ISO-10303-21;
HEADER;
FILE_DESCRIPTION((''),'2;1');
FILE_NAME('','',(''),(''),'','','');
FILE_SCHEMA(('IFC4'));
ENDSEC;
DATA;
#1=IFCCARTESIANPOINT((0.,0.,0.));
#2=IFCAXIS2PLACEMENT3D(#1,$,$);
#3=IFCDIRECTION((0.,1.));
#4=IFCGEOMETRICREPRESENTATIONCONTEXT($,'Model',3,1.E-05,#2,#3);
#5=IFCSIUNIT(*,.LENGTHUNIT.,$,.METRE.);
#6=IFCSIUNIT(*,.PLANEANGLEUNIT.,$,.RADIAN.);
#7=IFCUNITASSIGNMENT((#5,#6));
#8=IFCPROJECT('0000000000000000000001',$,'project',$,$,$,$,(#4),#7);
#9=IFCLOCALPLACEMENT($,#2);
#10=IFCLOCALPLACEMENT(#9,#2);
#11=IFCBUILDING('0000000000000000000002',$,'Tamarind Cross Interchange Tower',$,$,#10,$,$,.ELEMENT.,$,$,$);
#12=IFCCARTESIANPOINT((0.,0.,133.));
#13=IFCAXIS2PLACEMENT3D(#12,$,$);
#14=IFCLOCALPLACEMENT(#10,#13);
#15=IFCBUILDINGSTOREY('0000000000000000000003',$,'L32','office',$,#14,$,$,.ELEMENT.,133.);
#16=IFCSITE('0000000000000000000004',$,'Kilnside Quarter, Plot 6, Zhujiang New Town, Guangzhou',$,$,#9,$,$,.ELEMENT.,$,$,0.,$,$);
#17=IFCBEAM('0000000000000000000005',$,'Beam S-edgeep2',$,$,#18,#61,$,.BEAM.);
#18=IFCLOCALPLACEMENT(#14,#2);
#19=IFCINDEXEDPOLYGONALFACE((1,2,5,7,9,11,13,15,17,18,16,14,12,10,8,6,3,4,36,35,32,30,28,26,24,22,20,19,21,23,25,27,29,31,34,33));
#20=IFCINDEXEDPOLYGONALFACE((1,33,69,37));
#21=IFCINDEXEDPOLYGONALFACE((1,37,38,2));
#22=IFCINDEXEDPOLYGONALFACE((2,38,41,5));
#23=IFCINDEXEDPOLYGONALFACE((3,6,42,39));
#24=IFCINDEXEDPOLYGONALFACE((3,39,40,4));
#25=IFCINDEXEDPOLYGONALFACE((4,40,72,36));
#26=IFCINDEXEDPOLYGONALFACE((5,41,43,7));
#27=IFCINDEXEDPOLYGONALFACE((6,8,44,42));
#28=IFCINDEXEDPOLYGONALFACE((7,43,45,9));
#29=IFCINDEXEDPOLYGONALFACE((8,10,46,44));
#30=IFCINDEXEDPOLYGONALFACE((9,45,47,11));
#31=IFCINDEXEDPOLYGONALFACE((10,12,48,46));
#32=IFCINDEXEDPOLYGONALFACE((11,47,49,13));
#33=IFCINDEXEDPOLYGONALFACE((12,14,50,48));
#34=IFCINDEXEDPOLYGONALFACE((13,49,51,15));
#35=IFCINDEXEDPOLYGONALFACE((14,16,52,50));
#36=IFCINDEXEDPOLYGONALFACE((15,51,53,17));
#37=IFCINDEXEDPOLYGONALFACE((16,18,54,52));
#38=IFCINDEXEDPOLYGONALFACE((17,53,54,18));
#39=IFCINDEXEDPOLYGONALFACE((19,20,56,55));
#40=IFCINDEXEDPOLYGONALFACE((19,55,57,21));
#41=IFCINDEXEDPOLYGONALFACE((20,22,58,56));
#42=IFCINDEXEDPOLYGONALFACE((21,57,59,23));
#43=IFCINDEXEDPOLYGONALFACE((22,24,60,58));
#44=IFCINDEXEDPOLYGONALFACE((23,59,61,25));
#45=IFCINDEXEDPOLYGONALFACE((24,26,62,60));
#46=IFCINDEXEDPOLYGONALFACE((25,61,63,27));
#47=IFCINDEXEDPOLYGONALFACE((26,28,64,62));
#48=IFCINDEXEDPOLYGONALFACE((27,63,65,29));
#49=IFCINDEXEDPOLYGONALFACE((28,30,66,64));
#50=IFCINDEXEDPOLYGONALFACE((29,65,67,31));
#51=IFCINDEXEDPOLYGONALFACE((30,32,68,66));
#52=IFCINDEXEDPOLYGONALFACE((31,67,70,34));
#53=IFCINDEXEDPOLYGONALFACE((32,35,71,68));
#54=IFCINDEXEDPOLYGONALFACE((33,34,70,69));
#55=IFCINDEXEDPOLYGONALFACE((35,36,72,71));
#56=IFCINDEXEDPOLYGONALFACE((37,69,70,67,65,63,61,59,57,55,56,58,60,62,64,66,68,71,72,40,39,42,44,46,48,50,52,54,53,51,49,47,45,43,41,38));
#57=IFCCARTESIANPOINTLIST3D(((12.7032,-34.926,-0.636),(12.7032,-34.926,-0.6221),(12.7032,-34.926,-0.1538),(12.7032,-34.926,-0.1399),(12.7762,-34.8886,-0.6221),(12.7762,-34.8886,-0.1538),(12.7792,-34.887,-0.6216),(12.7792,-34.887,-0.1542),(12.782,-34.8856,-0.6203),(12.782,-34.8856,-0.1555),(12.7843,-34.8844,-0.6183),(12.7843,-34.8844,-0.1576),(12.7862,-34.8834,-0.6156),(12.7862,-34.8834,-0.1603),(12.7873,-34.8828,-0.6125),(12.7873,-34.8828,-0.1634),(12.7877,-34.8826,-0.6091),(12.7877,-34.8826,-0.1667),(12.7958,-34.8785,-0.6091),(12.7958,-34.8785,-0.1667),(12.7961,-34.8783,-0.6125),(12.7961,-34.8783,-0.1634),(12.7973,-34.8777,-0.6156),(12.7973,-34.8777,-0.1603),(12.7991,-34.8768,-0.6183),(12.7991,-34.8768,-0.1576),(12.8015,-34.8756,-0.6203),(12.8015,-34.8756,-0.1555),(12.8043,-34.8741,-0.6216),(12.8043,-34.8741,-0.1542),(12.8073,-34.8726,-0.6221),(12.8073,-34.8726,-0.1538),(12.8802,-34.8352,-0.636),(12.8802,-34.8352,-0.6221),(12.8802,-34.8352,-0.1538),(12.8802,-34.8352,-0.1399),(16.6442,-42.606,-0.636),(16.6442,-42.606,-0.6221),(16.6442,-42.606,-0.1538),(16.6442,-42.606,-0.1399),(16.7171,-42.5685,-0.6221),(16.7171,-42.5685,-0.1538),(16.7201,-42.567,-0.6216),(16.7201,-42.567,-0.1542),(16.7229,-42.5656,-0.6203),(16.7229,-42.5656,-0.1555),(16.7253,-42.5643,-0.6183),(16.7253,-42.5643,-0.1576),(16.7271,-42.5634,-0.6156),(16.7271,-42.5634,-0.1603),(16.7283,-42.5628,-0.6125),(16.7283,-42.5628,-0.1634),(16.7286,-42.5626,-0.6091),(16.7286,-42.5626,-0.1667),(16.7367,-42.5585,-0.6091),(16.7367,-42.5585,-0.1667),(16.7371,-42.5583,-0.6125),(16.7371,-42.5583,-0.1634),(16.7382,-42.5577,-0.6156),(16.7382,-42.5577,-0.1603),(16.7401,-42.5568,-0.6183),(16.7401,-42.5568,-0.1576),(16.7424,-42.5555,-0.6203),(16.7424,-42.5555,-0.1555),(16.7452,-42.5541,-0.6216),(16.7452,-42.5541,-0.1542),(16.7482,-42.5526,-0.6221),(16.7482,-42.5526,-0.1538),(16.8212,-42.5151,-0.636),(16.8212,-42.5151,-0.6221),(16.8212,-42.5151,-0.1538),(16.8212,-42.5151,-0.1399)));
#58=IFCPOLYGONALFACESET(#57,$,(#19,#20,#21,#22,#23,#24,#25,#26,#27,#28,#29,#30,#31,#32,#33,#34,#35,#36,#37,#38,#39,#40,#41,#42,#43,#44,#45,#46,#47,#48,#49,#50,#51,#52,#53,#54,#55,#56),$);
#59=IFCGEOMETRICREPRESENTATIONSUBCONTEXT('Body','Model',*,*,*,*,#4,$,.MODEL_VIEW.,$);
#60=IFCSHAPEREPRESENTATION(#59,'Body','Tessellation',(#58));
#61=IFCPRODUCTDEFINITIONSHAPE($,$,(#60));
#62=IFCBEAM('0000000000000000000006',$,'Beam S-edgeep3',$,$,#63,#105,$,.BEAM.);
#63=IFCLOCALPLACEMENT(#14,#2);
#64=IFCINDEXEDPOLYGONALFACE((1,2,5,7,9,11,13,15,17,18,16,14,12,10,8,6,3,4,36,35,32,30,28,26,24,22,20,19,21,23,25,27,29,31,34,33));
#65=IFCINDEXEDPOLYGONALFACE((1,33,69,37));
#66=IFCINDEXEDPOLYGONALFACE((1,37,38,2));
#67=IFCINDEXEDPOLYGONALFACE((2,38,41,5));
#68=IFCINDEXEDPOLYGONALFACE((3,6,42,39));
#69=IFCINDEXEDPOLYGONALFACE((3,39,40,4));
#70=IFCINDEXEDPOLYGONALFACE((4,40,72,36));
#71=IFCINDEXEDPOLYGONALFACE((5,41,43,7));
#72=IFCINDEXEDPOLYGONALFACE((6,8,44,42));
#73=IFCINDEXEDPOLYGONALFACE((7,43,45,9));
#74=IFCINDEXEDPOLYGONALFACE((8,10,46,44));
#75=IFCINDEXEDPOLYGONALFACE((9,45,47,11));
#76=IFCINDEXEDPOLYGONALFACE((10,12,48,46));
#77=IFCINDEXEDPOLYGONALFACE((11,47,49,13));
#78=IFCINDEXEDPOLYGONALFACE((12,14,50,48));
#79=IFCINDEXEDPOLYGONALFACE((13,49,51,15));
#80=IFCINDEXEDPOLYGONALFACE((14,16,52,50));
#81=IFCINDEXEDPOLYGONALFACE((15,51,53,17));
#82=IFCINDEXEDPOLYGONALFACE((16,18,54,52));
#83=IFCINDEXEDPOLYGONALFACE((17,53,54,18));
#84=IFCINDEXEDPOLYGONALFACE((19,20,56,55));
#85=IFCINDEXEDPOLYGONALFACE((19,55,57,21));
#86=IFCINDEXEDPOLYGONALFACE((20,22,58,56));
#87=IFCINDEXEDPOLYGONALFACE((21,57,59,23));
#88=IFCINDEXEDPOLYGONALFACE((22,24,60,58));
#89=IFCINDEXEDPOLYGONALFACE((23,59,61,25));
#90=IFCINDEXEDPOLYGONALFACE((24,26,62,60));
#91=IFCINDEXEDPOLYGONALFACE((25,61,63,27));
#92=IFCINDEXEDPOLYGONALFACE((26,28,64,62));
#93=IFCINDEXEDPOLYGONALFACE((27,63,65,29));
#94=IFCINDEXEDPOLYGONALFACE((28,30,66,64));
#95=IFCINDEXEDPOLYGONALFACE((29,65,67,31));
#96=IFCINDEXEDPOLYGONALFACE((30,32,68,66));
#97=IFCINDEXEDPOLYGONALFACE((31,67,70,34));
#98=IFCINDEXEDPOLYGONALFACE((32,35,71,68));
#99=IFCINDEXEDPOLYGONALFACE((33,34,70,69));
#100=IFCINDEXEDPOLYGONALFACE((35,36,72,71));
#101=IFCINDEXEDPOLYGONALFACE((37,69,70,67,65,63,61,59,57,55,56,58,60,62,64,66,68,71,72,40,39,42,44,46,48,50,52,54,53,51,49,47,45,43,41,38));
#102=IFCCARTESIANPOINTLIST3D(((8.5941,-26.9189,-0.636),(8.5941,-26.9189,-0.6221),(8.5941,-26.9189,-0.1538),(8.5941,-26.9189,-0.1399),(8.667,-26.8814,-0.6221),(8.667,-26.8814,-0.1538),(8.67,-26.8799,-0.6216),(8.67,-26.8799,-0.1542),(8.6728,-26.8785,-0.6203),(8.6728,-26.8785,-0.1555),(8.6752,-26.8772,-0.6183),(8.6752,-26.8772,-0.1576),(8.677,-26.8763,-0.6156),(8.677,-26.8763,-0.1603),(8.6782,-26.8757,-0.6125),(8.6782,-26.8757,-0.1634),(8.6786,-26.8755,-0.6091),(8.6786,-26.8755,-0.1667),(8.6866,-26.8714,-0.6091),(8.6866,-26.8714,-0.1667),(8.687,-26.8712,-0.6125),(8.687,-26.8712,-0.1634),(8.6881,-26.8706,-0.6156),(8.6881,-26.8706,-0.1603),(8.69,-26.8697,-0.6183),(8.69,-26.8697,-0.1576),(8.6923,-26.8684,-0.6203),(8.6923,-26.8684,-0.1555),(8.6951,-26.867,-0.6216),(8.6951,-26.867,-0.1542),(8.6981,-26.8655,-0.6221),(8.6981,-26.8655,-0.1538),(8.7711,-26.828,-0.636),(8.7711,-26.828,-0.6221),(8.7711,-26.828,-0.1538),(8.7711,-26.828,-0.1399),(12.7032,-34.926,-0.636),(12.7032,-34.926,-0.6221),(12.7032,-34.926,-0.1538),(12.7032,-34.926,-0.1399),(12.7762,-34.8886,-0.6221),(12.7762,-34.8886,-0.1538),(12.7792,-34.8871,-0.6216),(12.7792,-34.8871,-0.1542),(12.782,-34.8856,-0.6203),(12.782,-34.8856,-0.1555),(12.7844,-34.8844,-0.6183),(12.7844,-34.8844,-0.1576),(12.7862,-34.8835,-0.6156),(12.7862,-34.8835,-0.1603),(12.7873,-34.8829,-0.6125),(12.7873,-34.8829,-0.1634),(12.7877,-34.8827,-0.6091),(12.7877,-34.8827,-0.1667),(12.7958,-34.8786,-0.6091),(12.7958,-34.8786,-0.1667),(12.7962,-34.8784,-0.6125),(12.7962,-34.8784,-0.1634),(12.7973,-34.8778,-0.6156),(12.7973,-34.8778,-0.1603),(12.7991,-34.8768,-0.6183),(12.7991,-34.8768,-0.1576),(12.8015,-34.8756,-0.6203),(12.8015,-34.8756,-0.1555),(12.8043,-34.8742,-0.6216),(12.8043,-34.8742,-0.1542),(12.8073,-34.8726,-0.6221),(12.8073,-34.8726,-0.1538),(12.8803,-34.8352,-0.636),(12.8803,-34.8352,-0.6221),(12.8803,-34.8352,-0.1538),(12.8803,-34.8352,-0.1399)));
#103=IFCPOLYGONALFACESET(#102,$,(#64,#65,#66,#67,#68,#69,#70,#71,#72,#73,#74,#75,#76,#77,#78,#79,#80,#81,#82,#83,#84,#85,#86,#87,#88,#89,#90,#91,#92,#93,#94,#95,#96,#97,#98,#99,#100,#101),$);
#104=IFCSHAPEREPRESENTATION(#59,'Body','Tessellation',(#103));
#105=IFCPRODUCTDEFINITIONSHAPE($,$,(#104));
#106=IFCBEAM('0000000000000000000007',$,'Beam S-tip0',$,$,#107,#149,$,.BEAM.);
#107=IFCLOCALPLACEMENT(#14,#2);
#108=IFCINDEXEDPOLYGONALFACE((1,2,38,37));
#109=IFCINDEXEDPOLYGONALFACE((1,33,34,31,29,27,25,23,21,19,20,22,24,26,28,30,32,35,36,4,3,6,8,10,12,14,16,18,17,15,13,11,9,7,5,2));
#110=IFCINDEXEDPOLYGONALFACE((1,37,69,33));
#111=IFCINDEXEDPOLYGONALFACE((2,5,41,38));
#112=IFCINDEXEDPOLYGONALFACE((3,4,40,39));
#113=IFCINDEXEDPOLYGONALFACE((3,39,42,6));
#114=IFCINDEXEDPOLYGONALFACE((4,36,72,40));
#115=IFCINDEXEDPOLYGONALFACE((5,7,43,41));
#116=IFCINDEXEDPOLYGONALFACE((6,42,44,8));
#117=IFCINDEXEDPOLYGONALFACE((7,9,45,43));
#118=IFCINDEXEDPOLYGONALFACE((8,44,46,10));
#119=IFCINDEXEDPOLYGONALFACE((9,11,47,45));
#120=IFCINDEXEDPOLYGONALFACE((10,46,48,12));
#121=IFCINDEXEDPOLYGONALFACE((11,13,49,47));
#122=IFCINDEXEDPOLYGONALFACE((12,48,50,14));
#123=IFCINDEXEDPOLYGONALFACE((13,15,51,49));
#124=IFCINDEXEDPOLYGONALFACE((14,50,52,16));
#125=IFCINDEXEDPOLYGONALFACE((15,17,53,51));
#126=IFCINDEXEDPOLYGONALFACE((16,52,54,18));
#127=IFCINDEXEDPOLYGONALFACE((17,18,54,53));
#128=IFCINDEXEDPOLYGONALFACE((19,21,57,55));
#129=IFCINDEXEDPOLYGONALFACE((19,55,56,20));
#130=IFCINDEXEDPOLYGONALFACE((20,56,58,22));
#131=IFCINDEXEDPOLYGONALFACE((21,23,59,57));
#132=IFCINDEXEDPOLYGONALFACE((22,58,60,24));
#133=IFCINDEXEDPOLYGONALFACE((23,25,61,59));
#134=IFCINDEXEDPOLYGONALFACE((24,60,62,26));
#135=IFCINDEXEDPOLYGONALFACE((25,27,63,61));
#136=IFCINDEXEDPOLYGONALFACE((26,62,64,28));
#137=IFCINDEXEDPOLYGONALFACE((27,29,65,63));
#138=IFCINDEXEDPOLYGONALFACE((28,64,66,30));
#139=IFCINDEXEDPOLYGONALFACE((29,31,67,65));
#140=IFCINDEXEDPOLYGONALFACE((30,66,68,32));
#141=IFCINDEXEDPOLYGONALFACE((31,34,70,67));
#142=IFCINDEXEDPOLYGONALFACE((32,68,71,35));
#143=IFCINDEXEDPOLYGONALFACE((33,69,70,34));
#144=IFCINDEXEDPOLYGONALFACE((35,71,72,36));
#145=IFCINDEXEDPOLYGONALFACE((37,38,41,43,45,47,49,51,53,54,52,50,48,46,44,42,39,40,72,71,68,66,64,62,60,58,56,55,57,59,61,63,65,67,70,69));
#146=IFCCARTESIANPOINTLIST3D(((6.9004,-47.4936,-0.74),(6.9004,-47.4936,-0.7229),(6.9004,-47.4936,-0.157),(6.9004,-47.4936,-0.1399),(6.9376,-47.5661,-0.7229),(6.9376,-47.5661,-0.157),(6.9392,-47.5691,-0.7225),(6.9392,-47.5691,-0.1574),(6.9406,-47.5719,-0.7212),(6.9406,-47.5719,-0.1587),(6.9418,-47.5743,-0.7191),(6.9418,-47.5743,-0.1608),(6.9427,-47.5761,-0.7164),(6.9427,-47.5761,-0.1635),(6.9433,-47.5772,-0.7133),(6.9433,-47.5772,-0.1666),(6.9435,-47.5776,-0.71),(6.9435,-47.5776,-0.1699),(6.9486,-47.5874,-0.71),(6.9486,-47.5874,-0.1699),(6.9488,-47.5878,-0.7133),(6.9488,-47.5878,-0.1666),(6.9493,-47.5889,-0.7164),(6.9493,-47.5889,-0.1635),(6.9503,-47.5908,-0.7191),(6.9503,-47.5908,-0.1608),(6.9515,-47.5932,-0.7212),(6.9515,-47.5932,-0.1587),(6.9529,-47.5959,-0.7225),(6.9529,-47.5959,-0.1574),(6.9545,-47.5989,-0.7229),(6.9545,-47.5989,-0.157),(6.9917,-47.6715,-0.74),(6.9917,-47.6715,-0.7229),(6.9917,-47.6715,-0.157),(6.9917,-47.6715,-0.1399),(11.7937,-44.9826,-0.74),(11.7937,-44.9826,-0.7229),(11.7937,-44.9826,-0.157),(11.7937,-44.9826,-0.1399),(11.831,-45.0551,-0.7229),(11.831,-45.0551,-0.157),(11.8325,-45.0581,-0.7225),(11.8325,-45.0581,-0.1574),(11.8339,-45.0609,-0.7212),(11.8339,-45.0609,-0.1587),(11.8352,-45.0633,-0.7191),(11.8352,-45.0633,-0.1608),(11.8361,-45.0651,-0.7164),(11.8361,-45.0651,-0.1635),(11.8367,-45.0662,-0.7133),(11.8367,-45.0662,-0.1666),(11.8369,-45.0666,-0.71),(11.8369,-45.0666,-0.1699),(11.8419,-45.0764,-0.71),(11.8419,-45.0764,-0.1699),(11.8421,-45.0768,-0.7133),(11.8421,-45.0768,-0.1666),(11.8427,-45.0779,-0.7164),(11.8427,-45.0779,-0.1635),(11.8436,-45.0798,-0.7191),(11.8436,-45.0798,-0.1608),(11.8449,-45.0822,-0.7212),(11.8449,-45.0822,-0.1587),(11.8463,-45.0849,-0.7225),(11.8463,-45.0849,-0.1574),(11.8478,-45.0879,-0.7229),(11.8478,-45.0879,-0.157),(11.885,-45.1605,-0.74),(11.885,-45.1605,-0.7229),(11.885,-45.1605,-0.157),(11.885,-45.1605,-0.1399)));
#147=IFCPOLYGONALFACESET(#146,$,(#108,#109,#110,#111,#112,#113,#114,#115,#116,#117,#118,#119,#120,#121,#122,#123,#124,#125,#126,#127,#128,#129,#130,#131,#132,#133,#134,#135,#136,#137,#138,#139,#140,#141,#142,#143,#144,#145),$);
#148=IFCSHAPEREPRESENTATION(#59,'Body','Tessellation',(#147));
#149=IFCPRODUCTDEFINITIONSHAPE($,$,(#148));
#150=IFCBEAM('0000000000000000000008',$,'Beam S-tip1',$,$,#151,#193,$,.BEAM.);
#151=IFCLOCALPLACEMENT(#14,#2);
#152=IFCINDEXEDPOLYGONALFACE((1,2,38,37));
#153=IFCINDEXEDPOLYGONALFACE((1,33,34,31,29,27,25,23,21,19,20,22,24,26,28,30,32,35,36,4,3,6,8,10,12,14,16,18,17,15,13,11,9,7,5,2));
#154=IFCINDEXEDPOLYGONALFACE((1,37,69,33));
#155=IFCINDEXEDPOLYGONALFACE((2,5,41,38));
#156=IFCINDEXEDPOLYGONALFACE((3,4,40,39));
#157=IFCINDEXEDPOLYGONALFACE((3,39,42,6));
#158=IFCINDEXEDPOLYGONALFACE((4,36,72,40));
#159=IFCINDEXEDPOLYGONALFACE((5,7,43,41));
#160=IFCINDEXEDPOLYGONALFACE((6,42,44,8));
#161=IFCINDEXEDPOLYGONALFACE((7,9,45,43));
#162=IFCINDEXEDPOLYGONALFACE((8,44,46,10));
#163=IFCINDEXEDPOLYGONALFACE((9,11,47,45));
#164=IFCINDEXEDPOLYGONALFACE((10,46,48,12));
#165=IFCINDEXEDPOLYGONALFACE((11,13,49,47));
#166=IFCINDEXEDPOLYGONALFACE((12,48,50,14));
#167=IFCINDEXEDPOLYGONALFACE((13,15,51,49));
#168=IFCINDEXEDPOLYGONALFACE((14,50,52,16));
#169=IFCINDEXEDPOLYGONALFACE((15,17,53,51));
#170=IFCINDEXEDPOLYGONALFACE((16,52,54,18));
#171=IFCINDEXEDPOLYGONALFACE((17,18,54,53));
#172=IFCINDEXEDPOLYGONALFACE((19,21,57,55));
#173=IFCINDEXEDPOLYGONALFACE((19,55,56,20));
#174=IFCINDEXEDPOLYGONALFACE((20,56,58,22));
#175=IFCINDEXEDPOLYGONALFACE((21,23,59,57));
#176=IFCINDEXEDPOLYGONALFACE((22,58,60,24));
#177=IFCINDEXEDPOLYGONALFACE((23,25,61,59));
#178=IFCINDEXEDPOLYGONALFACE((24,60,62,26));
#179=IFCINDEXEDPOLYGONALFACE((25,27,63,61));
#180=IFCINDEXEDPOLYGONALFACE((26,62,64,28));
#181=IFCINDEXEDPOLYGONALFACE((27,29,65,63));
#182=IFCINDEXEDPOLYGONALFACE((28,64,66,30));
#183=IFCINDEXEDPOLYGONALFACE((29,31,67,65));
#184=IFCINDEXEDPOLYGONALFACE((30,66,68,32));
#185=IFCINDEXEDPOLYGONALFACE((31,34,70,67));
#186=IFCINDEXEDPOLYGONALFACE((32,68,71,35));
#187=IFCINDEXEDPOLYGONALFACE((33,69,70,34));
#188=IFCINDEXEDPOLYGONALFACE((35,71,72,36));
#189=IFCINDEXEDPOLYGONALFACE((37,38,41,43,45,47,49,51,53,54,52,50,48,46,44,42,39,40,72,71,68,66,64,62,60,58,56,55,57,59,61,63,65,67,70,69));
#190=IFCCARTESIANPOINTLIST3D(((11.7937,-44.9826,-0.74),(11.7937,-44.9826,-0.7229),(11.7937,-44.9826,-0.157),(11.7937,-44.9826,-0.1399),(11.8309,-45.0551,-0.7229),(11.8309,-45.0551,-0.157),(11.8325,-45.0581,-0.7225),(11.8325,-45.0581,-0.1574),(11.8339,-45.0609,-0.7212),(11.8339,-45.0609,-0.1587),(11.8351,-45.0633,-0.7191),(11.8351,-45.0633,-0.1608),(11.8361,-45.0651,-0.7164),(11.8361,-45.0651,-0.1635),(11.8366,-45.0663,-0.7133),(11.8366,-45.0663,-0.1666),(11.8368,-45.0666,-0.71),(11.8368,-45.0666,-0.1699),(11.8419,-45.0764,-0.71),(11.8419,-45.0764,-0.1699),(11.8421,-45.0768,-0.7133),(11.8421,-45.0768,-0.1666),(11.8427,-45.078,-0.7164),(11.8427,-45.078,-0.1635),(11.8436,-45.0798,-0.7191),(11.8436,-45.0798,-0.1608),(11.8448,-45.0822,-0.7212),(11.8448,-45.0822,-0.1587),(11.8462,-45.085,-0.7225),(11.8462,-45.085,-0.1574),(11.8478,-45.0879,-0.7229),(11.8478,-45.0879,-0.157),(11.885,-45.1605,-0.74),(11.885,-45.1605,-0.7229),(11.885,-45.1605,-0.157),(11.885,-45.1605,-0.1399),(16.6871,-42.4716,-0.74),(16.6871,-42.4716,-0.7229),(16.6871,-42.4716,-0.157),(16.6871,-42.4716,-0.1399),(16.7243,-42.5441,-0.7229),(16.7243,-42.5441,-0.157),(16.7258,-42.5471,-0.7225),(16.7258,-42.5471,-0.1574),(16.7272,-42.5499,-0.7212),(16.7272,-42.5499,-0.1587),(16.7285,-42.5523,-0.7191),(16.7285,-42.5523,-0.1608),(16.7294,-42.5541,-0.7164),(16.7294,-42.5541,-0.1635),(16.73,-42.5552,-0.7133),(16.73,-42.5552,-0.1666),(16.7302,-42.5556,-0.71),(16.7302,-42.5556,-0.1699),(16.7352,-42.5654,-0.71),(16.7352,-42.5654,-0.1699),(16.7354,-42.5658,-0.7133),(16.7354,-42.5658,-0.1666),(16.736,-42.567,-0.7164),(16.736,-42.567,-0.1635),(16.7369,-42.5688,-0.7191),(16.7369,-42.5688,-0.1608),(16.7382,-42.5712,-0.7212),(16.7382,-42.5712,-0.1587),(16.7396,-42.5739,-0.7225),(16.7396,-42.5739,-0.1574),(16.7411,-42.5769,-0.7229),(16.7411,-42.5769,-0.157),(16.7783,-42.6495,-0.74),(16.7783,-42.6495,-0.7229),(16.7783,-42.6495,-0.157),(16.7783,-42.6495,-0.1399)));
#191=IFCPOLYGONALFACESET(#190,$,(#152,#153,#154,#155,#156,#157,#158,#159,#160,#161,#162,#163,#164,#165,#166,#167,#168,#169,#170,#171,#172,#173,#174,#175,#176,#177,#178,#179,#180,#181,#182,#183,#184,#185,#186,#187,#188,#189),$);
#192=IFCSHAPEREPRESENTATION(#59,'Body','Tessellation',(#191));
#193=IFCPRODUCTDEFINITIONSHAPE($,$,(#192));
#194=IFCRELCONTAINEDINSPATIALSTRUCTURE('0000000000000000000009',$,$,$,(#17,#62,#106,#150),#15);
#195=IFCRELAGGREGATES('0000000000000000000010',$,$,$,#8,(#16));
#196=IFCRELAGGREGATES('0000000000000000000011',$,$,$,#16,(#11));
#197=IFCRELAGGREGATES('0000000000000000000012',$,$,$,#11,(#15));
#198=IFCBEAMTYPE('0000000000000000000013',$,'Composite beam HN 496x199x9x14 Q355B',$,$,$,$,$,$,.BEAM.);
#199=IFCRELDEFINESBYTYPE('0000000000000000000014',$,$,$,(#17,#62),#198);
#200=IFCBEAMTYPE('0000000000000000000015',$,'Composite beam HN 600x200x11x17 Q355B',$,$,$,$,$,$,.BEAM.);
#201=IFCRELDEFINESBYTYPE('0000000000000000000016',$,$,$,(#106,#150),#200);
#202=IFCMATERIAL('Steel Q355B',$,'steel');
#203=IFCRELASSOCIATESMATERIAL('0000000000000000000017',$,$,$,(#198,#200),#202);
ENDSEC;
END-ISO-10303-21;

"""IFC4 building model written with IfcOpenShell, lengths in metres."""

from ifc_helpers import new_model, si_unit, direction, frame, origin, origin_2d, place, context, subcontext, project, spatial, i_section, extrude, material, material_profile, profile_set, type_object, element, save


model = new_model("IFC4")

# Units and contexts
model_context = context("Model", 3, precision=1e-05, world=origin(), true_north=direction((0.0, 1.0)))
body_context = subcontext(model_context, "Body", "Model", "MODEL_VIEW")
ifc_project = project(units=[si_unit("LENGTHUNIT", "METRE"), si_unit("PLANEANGLEUNIT", "RADIAN")], contexts=[model_context])

# Site, building, storey
site_placement = place(None, origin())
site = spatial("IfcSite", under=ifc_project, at=site_placement, Name="Kilnside Quarter, Plot 6, Zhujiang New Town, Guangzhou", CompositionType="ELEMENT", RefElevation=0.0)
building_placement = place(site_placement, origin())
building = spatial("IfcBuilding", under=site, at=building_placement, Name="Tamarind Cross Interchange Tower", CompositionType="ELEMENT")
storey_placement = place(building_placement, frame((0.0, 0.0, 133.0)))
storey = spatial("IfcBuildingStorey", under=building, at=storey_placement, Name="L32", Description="office", CompositionType="ELEMENT", Elevation=133.0)

# Beams
ifc_material_1 = material(Name="Steel Q355B", Category="steel")
ifc_material_profile_1 = material_profile(ifc_material_1, i_section(OverallWidth=0.199, OverallDepth=0.4961, WebThickness=0.009, FlangeThickness=0.0139, FilletRadius=0.0129, at=origin_2d()), Name="HN 496x199x9x14")
ifc_profile_set_1 = profile_set([ifc_material_profile_1], Name="Steel Q355B")
beam_type_1 = type_object("IfcBeamType", Name="Composite beam HN 496x199x9x14 Q355B", PredefinedType="BEAM", material=ifc_profile_set_1)
beam_1_placement = place(storey_placement, frame((16.7327, -42.5605, -0.3879), z_axis=(-0.456545, 0.8897, 0.0), x_axis=(-0.8897, -0.456545, 0.0)))
element("IfcBeam", 1, at=beam_1_placement, inside=storey, type_object=beam_type_1, Name="Beam S-edgeep2", PredefinedType="BEAM", context=body_context, shape_type="SweptSolid", body=[
    extrude(i_section(OverallWidth=0.199, OverallDepth=0.4961, WebThickness=0.009, FlangeThickness=0.0139, FilletRadius=0.0129, at=origin_2d()), origin(), (0.0, 0.0, 1.0), 8.6321),
])
beam_2_placement = place(storey_placement, frame((12.7917, -34.8806, -0.3879), z_axis=(-0.456575, 0.889685, 0.0), x_axis=(-0.889685, -0.456575, 0.0)))
element("IfcBeam", 2, at=beam_2_placement, inside=storey, type_object=beam_type_1, Name="Beam S-edgeep3", PredefinedType="BEAM", context=body_context, shape_type="SweptSolid", body=[
    extrude(i_section(OverallWidth=0.199, OverallDepth=0.4961, WebThickness=0.009, FlangeThickness=0.0139, FilletRadius=0.0129, at=origin_2d()), origin(), (0.0, 0.0, 1.0), 9.0),
])
ifc_material_profile_2 = material_profile(ifc_material_1, i_section(OverallWidth=0.2, OverallDepth=0.6001, WebThickness=0.011, FlangeThickness=0.0171, FilletRadius=0.0129, at=origin_2d()), Name="HN 600x200x11x17")
ifc_profile_set_2 = profile_set([ifc_material_profile_2], Name="Steel Q355B")
beam_type_2 = type_object("IfcBeamType", Name="Composite beam HN 600x200x11x17 Q355B", PredefinedType="BEAM", material=ifc_profile_set_2)
for number, where, z_axis, x_axis, name in (
    (3, (6.946, -47.5825, -0.4399), (0.8897, 0.456546, 0.0), (-0.456546, 0.8897, 0.0), "Beam S-tip0"),
    (4, (11.8394, -45.0715, -0.4399), (0.8897, 0.456546, 0.0), (-0.456546, 0.8897, 0.0), "Beam S-tip1"),
):
    element("IfcBeam", number, at=place(storey_placement, frame(where, z_axis=z_axis, x_axis=x_axis)), inside=storey, type_object=beam_type_2, Name=name, PredefinedType="BEAM", context=body_context, shape_type="SweptSolid", body=[
        extrude(i_section(OverallWidth=0.2, OverallDepth=0.6001, WebThickness=0.011, FlangeThickness=0.0171, FilletRadius=0.0129, at=origin_2d()), origin(), (0.0, 0.0, 1.0), 5.5),
    ])

save(model, "model.ifc")
